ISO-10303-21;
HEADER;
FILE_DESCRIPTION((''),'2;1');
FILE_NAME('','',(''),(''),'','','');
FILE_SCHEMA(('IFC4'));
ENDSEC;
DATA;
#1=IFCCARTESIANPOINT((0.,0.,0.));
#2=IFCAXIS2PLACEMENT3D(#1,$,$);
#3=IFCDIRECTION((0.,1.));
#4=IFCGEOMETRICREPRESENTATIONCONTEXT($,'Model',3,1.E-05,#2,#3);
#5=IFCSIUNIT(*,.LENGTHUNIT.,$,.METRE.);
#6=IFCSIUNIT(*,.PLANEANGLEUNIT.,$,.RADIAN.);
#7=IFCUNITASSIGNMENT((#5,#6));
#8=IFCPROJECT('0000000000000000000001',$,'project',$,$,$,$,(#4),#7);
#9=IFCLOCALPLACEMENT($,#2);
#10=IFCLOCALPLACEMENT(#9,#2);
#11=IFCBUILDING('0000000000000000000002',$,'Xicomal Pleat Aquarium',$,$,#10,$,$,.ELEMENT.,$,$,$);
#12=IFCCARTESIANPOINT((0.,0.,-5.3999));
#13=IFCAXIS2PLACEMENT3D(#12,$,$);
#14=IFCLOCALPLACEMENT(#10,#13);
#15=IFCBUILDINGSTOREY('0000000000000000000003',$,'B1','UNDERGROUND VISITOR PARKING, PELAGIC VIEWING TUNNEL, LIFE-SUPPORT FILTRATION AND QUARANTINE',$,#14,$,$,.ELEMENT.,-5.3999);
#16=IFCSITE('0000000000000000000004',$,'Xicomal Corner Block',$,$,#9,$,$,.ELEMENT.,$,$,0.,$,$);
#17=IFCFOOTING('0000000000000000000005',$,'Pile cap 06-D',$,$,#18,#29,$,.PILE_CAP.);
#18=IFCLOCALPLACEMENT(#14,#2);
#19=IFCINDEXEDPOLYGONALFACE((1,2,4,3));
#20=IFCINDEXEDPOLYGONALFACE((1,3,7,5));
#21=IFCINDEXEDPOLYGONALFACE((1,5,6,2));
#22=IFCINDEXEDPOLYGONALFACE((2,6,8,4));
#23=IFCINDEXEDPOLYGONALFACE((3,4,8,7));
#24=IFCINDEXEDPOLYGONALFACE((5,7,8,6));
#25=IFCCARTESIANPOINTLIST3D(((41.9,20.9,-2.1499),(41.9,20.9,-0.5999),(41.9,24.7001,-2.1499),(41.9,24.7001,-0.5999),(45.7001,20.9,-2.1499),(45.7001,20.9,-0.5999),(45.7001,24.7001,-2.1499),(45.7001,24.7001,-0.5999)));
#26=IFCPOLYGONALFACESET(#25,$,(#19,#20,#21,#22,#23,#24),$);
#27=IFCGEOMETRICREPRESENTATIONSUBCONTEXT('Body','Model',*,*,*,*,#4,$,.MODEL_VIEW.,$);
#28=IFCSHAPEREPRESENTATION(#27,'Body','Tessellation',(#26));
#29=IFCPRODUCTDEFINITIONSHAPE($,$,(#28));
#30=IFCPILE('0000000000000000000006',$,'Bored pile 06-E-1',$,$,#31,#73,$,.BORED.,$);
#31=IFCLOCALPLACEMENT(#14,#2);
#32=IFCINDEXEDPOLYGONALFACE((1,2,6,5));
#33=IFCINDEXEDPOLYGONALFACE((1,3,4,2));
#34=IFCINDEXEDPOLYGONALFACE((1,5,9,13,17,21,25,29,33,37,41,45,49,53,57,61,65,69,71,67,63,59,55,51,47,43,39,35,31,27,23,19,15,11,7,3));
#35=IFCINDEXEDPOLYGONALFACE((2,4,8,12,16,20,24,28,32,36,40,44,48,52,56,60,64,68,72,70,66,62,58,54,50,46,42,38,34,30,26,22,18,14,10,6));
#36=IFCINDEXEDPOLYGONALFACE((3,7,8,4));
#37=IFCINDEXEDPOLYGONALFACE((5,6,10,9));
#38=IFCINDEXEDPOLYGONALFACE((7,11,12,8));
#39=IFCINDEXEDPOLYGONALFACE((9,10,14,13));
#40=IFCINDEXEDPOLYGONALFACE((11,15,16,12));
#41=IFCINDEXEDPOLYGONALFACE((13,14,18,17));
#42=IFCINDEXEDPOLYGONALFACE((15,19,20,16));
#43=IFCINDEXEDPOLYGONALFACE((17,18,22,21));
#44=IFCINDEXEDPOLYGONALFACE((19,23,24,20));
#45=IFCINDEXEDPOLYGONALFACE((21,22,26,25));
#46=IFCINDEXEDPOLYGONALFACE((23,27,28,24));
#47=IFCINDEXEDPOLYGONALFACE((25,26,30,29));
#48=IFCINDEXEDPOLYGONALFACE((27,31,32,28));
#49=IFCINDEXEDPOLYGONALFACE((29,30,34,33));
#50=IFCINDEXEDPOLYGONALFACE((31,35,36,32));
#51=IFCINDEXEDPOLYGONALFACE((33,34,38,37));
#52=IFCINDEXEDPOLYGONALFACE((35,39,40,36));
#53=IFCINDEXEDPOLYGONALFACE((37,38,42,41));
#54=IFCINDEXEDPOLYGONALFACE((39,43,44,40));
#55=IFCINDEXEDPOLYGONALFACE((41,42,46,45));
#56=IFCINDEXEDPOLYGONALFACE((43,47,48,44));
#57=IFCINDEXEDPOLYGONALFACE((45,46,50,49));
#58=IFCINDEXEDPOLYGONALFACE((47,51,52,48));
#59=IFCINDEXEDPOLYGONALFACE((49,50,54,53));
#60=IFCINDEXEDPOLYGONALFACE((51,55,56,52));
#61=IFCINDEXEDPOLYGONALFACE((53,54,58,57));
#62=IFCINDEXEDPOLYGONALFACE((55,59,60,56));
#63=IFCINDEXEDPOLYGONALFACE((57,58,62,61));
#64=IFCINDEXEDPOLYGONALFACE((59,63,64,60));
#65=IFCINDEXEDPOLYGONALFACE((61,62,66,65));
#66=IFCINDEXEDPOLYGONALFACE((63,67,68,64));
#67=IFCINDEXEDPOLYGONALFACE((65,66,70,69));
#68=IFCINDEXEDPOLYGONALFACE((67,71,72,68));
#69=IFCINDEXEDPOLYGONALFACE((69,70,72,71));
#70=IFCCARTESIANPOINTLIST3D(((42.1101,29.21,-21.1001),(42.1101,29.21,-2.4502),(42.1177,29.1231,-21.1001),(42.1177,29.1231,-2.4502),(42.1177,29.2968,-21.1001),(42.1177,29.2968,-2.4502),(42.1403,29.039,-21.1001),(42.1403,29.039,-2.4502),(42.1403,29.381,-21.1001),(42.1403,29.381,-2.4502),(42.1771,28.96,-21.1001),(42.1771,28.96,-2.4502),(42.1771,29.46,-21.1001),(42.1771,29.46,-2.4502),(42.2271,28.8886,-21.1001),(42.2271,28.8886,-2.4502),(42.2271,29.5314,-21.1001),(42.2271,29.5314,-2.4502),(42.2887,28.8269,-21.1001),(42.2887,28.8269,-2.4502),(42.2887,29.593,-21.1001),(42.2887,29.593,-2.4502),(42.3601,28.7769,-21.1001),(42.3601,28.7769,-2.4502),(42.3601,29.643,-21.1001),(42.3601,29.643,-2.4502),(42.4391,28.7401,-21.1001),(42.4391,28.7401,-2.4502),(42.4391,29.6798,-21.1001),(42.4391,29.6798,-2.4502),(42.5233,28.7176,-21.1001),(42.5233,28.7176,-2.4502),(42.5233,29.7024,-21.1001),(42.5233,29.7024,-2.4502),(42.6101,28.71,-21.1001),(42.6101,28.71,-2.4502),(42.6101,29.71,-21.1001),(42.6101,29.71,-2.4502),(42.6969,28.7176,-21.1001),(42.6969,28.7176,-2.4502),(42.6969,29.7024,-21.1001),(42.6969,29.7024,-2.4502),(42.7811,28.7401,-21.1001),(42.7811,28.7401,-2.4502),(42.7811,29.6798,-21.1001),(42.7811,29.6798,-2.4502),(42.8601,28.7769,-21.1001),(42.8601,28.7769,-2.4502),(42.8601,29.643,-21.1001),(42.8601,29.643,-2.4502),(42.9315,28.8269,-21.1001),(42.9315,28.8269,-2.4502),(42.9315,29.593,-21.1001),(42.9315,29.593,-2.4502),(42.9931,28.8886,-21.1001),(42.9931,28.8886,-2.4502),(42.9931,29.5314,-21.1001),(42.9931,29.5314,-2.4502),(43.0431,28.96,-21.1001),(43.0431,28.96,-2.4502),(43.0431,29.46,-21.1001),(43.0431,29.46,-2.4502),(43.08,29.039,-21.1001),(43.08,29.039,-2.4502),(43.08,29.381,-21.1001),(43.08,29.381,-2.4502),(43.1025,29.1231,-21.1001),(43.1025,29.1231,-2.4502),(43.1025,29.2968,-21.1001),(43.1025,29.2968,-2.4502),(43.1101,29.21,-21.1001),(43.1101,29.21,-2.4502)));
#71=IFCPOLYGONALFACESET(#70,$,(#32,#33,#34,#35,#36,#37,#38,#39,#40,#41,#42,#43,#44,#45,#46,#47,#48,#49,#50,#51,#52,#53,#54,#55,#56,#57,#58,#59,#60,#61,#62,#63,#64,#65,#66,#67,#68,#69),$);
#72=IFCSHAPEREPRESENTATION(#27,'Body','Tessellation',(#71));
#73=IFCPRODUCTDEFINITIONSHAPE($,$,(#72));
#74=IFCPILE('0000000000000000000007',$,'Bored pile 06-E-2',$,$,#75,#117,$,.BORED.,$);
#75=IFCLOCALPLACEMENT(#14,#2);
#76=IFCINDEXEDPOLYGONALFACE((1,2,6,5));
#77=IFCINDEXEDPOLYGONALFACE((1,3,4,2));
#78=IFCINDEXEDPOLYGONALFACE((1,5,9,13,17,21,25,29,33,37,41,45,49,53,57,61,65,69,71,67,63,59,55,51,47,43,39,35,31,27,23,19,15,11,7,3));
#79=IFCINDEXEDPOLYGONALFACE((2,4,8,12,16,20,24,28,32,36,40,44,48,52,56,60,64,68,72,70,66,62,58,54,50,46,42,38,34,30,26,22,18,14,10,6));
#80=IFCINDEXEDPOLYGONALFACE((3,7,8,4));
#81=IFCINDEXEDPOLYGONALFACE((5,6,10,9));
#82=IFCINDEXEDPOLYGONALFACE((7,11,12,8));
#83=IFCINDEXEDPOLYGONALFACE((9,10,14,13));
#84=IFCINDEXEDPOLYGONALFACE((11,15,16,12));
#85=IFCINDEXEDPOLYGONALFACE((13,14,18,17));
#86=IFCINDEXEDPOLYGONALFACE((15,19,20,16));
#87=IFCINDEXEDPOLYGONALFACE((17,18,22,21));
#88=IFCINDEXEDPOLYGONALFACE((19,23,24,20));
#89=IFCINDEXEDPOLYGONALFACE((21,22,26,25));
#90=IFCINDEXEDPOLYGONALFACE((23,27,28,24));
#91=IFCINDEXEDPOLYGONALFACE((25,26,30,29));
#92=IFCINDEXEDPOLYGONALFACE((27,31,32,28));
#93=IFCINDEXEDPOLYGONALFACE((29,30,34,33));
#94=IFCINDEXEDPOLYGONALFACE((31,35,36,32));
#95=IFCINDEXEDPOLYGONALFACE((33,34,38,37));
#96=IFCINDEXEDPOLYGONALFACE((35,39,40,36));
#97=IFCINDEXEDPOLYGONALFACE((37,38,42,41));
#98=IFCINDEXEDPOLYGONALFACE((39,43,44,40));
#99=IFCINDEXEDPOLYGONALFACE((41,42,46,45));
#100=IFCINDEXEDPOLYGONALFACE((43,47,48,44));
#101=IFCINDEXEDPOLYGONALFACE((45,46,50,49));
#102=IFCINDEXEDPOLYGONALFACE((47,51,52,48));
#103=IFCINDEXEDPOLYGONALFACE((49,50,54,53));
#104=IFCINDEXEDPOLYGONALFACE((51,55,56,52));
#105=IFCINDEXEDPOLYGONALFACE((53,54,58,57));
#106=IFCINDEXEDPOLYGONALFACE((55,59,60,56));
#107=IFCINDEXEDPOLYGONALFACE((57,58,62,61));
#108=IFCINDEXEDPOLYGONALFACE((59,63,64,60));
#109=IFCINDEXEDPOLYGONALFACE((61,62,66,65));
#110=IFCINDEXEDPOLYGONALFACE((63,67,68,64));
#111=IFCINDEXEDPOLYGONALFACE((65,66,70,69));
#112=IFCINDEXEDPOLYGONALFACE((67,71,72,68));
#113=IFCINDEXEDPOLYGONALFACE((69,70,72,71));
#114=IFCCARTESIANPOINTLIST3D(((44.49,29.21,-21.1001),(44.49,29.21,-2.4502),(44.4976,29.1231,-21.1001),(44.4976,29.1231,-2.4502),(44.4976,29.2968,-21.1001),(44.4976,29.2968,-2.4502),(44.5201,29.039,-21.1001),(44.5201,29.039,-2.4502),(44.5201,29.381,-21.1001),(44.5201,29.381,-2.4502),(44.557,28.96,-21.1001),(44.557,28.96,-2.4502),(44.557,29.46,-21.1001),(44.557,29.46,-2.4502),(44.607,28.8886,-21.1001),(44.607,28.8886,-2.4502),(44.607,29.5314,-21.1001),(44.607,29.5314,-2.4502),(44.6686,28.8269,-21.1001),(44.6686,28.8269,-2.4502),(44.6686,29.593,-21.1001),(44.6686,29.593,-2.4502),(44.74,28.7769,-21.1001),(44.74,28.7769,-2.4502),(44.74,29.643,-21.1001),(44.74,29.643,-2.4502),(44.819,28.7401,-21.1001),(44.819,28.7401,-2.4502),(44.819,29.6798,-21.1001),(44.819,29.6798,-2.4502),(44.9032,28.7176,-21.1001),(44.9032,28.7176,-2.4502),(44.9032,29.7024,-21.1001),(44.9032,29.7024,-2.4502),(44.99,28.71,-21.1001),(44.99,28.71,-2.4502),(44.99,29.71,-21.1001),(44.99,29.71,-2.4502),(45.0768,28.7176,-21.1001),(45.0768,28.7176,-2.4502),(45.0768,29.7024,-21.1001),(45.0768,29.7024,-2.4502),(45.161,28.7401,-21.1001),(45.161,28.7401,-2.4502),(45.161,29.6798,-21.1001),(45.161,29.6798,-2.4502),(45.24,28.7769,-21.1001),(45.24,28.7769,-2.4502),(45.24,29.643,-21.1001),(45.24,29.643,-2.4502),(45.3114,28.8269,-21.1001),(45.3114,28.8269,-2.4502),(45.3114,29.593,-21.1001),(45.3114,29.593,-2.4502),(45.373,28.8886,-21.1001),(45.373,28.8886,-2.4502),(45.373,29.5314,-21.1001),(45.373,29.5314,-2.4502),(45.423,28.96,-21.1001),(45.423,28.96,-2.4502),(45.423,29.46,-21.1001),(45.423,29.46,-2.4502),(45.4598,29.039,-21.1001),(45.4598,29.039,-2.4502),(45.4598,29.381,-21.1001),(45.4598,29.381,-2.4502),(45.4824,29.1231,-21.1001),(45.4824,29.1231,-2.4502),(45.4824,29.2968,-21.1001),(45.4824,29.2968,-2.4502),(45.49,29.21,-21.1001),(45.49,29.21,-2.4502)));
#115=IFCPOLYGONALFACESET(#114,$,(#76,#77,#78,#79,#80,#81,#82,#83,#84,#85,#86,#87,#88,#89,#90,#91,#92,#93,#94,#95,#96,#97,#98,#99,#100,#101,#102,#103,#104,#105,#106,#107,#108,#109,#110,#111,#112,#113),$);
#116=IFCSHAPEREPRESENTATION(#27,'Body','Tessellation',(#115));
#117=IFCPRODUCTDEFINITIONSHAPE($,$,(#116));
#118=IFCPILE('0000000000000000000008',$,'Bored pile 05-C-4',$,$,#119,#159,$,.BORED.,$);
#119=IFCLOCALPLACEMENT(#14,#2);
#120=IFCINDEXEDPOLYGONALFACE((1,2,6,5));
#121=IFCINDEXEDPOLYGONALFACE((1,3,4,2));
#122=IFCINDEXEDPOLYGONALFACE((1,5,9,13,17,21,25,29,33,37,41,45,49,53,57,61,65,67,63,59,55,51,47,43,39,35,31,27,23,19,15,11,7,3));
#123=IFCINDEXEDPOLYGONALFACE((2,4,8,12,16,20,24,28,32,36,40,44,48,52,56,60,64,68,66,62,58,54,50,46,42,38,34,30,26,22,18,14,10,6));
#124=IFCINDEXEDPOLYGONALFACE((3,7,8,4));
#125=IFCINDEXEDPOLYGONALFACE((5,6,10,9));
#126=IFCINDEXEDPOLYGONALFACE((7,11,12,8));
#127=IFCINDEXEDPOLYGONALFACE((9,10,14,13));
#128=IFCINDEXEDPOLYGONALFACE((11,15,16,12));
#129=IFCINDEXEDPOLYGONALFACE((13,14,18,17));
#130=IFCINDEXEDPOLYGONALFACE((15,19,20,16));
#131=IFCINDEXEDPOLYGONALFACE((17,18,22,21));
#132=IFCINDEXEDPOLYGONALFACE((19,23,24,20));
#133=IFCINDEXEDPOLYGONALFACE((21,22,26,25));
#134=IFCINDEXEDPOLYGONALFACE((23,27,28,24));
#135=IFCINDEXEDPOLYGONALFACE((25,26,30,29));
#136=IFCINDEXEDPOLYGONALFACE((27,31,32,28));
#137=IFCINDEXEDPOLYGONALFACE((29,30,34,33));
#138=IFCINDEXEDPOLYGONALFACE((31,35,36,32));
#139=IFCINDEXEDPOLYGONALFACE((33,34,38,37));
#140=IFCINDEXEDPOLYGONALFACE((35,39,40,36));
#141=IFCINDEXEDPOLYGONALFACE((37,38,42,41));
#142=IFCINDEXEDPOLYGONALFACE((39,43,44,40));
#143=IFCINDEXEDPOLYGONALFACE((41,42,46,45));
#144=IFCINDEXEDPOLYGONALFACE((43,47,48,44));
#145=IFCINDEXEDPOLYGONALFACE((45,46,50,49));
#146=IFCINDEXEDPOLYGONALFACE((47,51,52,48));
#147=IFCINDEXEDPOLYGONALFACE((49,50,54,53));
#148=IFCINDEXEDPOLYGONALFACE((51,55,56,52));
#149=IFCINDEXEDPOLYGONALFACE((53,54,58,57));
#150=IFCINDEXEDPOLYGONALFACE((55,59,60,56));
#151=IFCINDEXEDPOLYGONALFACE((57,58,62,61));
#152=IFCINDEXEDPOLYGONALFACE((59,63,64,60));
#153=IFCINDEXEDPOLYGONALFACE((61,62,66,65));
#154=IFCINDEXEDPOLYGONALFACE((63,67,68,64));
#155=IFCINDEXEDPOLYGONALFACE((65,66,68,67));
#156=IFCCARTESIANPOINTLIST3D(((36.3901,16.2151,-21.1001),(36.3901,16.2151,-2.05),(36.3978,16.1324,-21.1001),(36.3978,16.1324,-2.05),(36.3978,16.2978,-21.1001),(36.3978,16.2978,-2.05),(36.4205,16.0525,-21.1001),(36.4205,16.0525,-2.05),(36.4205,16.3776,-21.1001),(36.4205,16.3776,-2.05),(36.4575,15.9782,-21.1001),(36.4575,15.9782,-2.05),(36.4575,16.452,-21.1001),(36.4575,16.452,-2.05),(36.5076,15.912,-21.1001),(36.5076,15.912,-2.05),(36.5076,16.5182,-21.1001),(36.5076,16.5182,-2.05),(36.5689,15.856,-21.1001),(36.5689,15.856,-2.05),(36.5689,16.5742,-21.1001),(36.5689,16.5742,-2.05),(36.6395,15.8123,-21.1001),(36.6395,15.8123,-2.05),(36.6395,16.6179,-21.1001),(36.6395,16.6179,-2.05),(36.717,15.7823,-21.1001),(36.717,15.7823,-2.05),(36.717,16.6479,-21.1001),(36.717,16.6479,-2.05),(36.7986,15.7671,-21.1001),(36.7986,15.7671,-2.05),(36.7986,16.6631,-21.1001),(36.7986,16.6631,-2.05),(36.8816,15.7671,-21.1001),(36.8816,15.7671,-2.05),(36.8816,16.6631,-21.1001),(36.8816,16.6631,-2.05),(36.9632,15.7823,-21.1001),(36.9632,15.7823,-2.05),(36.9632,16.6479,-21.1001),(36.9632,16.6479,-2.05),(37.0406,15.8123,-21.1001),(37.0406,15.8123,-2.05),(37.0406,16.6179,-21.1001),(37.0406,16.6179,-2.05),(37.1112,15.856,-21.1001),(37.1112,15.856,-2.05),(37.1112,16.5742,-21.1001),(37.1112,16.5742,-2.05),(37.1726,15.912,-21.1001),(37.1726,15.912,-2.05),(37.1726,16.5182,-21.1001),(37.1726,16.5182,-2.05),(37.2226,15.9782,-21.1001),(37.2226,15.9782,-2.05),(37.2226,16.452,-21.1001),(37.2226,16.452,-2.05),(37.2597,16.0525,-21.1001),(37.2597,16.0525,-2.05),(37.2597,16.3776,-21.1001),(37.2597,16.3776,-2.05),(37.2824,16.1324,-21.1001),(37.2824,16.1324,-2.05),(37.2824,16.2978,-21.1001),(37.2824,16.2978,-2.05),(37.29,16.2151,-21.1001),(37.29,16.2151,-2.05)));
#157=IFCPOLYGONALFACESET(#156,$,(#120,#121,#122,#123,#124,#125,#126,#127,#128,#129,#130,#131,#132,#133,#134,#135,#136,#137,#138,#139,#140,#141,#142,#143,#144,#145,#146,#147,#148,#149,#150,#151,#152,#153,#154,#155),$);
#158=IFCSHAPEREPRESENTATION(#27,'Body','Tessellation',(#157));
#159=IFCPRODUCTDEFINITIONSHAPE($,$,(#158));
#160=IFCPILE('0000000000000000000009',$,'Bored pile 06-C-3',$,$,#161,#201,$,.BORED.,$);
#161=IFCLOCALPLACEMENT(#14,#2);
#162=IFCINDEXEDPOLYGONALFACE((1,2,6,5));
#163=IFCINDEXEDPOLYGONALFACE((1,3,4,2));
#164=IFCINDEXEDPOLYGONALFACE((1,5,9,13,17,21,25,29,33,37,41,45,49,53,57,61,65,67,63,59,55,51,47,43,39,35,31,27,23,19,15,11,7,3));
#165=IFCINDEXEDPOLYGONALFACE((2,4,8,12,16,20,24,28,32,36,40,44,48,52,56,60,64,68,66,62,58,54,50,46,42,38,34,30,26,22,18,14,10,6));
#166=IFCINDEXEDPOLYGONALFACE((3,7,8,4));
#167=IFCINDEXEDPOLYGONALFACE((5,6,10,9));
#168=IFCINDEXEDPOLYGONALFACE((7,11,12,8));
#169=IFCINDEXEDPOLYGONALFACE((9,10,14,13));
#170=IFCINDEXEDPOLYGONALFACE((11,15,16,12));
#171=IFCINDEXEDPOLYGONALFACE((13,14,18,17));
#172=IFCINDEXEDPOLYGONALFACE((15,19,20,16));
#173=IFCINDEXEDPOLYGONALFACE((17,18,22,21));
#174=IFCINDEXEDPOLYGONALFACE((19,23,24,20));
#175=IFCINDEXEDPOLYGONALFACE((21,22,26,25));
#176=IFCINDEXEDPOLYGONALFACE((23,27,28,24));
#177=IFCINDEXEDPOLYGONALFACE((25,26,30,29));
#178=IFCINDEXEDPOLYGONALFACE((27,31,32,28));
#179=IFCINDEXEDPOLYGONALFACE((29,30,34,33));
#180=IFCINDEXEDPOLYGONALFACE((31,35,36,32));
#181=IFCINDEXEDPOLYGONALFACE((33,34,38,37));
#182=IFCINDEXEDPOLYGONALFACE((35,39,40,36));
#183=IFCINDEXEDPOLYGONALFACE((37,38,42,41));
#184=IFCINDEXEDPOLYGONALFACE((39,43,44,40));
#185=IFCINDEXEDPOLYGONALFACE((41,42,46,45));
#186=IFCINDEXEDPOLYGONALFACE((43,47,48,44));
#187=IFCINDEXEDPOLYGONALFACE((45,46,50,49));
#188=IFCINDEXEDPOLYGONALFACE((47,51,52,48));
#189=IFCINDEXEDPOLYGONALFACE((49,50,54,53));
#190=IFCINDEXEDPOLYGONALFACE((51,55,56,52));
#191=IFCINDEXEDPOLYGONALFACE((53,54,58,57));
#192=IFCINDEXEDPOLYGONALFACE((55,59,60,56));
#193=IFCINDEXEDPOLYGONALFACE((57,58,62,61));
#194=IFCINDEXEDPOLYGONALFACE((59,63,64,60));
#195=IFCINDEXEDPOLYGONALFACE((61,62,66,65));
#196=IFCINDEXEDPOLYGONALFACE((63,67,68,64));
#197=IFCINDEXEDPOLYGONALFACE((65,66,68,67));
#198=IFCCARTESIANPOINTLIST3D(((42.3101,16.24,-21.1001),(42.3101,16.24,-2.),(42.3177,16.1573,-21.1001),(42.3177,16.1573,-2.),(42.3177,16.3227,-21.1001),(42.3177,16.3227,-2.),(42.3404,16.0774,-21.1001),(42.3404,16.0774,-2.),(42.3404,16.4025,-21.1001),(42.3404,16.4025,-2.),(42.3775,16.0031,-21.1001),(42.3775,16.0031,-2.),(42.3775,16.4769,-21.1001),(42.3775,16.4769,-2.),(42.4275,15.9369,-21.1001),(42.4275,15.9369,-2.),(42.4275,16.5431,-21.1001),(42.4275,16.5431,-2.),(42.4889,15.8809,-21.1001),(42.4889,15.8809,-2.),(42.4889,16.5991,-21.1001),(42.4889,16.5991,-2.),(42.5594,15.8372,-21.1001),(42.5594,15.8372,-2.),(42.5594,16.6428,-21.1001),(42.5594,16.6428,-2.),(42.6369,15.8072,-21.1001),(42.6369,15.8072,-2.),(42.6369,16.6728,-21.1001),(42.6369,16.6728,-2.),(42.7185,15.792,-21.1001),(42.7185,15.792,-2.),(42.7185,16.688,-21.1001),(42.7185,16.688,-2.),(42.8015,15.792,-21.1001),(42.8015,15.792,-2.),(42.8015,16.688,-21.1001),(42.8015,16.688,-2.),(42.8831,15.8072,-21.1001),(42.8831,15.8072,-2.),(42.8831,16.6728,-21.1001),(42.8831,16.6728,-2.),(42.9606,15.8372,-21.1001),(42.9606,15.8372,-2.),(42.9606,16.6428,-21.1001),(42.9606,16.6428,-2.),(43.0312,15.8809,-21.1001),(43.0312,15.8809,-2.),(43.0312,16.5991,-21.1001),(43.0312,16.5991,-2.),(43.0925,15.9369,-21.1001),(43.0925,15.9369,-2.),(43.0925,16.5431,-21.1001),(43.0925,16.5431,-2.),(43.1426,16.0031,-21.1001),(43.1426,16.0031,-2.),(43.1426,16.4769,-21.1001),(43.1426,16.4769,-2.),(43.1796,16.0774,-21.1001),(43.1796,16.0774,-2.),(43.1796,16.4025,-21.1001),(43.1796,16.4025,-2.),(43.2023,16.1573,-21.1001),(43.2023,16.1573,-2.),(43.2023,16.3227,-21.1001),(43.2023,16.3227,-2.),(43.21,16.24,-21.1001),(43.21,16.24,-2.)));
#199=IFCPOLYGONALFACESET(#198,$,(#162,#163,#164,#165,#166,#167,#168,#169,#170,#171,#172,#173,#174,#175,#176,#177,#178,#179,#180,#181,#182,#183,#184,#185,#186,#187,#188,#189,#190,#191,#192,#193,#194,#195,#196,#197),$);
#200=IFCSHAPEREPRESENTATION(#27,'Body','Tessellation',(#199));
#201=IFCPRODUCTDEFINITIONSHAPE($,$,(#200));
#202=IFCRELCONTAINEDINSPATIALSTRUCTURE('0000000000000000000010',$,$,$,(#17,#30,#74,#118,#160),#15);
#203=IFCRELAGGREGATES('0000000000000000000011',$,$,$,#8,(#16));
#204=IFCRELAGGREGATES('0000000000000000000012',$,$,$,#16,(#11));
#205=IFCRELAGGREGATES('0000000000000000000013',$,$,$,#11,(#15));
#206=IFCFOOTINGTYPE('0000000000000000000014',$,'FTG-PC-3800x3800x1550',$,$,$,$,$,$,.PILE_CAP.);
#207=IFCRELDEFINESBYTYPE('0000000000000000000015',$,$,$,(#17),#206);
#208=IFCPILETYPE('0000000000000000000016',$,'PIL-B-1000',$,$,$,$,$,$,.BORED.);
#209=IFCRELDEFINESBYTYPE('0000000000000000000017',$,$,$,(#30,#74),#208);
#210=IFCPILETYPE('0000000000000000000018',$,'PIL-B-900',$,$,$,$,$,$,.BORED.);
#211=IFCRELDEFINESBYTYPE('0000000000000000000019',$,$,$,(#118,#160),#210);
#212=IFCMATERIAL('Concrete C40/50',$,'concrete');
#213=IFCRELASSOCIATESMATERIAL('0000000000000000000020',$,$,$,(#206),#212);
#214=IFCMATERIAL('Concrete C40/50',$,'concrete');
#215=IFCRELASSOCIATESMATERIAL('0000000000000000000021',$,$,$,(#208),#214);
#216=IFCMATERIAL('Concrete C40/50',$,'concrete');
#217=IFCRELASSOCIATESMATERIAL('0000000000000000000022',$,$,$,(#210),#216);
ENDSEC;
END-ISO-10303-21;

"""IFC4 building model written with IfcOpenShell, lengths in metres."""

from ifc_helpers import new_model, si_unit, direction, frame, origin, origin_2d, place, context, subcontext, project, spatial, rectangle, circle, extrude, material, material_profile, profile_set, type_object, element, save


model = new_model("IFC4")

# Units and contexts
model_context = context("Model", 3, precision=1e-05, world=origin(), true_north=direction((0.0, 1.0)))
body_context = subcontext(model_context, "Body", "Model", "MODEL_VIEW")
ifc_project = project(units=[si_unit("LENGTHUNIT", "METRE"), si_unit("PLANEANGLEUNIT", "RADIAN")], contexts=[model_context])

# Site, building, storey
site_placement = place(None, origin())
site = spatial("IfcSite", under=ifc_project, at=site_placement, Name="Xicomal Corner Block", CompositionType="ELEMENT", RefElevation=0.0)
building_placement = place(site_placement, origin())
building = spatial("IfcBuilding", under=site, at=building_placement, Name="Xicomal Pleat Aquarium", CompositionType="ELEMENT")
storey_placement = place(building_placement, frame((0.0, 0.0, -5.3999)))
storey = spatial("IfcBuildingStorey", under=building, at=storey_placement, Name="B1", Description="UNDERGROUND VISITOR PARKING, PELAGIC VIEWING TUNNEL, LIFE-SUPPORT FILTRATION AND QUARANTINE", CompositionType="ELEMENT", Elevation=-5.3999)

# Footing
ifc_material_1 = material(Name="Concrete C40/50", Category="concrete")
footing_type = type_object("IfcFootingType", Name="FTG-PC-3800x3800x1550", PredefinedType="PILE_CAP", material=ifc_material_1)
footing_placement = place(storey_placement, frame((43.8, 22.8, -2.1499), z_axis=(0.0, 0.0, 1.0), x_axis=(1.0, 0.0, 0.0)))
element("IfcFooting", 1, at=footing_placement, inside=storey, type_object=footing_type, Name="Pile cap 06-D", PredefinedType="PILE_CAP", context=body_context, shape_type="SweptSolid", body=[
    extrude(rectangle(XDim=3.8, YDim=3.8, at=origin_2d()), origin(), (0.0, 0.0, 1.0), 1.55),
])

# Piles
ifc_material_2 = material(Name="Concrete C40/50", Category="concrete")
ifc_material_profile_1 = material_profile(ifc_material_2, circle(Radius=0.5, at=origin_2d()), Name="BORED PILE D1000")
ifc_profile_set_1 = profile_set([ifc_material_profile_1], Name="Concrete C40/50")
pile_type_1 = type_object("IfcPileType", Name="PIL-B-1000", PredefinedType="BORED", material=ifc_profile_set_1)
for number, where, z_axis, x_axis, name in (
    (2, (42.6101, 29.21, -2.4502), (0.0, 0.0, -1.0), (1.0, 0.0, 0.0), "Bored pile 06-E-1"),
    (3, (44.99, 29.21, -2.4502), (0.0, 0.0, -1.0), (1.0, 0.0, 0.0), "Bored pile 06-E-2"),
):
    element("IfcPile", number, at=place(storey_placement, frame(where, z_axis=z_axis, x_axis=x_axis)), inside=storey, type_object=pile_type_1, Name=name, PredefinedType="BORED", context=body_context, shape_type="SweptSolid", body=[
        extrude(circle(Radius=0.5, at=origin_2d()), origin(), (0.0, 0.0, 1.0), 18.6499),
    ])
ifc_material_3 = material(Name="Concrete C40/50", Category="concrete")
ifc_material_profile_2 = material_profile(ifc_material_3, circle(Radius=0.45, at=origin_2d()), Name="BORED PILE D900")
ifc_profile_set_2 = profile_set([ifc_material_profile_2], Name="Concrete C40/50")
pile_type_2 = type_object("IfcPileType", Name="PIL-B-900", PredefinedType="BORED", material=ifc_profile_set_2)
pile_1_placement = place(storey_placement, frame((36.8401, 16.2151, -2.05), z_axis=(0.0, 0.0, -1.0), x_axis=(1.0, 0.0, 0.0)))
element("IfcPile", 4, at=pile_1_placement, inside=storey, type_object=pile_type_2, Name="Bored pile 05-C-4", PredefinedType="BORED", context=body_context, shape_type="SweptSolid", body=[
    extrude(circle(Radius=0.45, at=origin_2d()), origin(), (0.0, 0.0, 1.0), 19.05),
])
for number, where, z_axis, x_axis, name in (
    (5, (42.76, 16.24, -2.0), (0.0, 0.0, -1.0), (1.0, 0.0, 0.0), "Bored pile 06-C-3"),
):
    element("IfcPile", number, at=place(storey_placement, frame(where, z_axis=z_axis, x_axis=x_axis)), inside=storey, type_object=pile_type_2, Name=name, PredefinedType="BORED", context=body_context, shape_type="SweptSolid", body=[
        extrude(circle(Radius=0.45, at=origin_2d()), origin(), (0.0, 0.0, 1.0), 19.1001),
    ])

save(model, "model.ifc")
